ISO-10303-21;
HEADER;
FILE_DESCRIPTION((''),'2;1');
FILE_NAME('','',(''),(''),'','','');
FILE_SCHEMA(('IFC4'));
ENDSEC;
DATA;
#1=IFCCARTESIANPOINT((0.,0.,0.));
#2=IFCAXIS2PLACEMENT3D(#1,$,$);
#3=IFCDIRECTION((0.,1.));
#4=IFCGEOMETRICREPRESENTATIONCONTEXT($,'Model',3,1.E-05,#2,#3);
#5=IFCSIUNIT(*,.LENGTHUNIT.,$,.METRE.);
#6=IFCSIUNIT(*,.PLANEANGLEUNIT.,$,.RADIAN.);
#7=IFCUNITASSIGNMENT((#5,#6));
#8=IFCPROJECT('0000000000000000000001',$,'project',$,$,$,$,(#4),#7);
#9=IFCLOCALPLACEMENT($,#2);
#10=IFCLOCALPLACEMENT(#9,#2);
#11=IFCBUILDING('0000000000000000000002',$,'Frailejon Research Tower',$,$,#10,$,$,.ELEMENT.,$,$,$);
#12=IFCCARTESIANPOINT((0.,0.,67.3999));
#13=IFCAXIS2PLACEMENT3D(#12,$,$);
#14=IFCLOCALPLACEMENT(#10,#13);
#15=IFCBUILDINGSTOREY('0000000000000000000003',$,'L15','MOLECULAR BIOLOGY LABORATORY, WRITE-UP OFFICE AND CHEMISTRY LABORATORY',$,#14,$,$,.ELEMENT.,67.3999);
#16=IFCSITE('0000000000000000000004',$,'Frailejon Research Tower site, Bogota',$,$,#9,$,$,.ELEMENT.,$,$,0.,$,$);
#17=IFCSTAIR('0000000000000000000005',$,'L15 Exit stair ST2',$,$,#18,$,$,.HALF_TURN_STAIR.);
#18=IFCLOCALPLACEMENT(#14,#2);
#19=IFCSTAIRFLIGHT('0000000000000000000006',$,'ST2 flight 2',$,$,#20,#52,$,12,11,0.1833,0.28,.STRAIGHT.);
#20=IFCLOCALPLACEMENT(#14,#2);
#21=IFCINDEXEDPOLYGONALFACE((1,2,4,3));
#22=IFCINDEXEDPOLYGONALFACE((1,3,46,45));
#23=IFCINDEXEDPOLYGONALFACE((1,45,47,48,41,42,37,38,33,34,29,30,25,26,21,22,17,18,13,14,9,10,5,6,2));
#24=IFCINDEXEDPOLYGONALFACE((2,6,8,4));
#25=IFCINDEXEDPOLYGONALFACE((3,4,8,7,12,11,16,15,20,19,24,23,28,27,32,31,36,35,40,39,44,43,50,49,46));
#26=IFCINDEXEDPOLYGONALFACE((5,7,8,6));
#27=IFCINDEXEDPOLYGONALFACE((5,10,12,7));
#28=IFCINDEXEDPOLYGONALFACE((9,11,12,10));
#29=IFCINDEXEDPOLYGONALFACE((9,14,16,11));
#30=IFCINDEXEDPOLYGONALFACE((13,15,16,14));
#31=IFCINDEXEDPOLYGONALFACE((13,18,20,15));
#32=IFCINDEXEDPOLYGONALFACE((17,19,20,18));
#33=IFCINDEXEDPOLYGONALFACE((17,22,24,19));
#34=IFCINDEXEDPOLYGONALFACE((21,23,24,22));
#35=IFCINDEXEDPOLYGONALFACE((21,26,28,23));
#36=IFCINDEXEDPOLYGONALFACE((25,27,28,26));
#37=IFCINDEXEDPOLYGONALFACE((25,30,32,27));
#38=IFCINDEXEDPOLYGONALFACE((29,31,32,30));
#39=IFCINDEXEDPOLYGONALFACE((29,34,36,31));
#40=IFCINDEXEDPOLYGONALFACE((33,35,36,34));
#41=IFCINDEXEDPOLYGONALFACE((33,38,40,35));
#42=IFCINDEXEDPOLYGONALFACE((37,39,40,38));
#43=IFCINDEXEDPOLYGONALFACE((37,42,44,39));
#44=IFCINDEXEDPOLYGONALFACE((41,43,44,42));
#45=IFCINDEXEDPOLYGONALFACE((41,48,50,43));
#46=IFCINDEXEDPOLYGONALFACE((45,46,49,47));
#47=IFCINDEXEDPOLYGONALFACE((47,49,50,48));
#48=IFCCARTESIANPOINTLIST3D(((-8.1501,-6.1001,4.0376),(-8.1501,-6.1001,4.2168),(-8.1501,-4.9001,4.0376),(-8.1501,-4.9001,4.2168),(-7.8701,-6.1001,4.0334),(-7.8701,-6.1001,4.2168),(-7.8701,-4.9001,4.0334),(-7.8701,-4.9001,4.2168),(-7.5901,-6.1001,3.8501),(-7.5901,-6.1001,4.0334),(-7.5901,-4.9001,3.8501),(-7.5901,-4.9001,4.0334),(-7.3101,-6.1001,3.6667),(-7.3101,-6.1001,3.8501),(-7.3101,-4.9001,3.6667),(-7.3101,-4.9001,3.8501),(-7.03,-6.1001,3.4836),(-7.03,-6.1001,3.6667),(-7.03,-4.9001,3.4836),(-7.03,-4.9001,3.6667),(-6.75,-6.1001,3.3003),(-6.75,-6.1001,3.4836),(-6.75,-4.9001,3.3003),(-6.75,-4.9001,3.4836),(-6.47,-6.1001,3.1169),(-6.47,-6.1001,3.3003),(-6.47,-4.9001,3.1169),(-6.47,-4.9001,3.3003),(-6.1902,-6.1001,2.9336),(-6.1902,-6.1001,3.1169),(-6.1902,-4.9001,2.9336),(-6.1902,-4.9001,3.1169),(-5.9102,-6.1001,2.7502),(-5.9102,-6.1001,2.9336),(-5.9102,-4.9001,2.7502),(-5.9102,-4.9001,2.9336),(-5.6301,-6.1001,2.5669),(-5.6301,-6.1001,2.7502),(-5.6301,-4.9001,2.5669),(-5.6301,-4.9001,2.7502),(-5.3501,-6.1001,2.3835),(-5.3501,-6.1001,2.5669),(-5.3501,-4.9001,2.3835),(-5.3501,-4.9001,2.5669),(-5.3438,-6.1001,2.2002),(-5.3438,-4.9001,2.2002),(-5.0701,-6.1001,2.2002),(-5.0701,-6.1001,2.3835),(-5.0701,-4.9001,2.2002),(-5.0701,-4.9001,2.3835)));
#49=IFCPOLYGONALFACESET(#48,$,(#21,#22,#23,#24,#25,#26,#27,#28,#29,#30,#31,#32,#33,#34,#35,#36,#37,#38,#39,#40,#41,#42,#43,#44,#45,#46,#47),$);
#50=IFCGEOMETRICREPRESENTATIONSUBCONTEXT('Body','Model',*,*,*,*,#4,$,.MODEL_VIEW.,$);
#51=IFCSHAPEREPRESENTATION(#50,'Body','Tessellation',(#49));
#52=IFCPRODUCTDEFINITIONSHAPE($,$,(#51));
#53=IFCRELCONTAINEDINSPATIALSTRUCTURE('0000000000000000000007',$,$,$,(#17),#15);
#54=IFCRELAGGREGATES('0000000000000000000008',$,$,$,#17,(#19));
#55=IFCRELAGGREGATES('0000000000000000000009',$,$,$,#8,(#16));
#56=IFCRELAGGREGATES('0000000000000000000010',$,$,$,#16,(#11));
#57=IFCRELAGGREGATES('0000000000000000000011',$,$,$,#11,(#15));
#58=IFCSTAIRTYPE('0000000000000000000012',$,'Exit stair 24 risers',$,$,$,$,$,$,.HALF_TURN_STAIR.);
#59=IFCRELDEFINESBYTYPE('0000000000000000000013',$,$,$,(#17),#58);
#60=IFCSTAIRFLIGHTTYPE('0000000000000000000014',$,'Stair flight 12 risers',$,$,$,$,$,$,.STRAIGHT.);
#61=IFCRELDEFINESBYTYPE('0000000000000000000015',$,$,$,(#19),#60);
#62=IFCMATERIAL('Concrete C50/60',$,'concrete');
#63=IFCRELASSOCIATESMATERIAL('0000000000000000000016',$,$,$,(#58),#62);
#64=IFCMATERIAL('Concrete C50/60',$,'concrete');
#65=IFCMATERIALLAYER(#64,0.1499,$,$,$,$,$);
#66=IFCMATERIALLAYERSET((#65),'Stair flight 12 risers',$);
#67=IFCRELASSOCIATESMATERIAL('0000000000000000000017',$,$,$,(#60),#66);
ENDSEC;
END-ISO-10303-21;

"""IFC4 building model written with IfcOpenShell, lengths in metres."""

from ifc_helpers import new_model, si_unit, direction, frame, origin, place, context, subcontext, project, spatial, polyline, outline, extrude, material, layer, layer_set, type_object, element, aggregate, save


model = new_model("IFC4")

# Units and contexts
model_context = context("Model", 3, precision=1e-05, world=origin(), true_north=direction((0.0, 1.0)))
body_context = subcontext(model_context, "Body", "Model", "MODEL_VIEW")
ifc_project = project(units=[si_unit("LENGTHUNIT", "METRE"), si_unit("PLANEANGLEUNIT", "RADIAN")], contexts=[model_context])

# Site, building, storey
site_placement = place(None, origin())
site = spatial("IfcSite", under=ifc_project, at=site_placement, Name="Frailejon Research Tower site, Bogota", CompositionType="ELEMENT", RefElevation=0.0)
building_placement = place(site_placement, origin())
building = spatial("IfcBuilding", under=site, at=building_placement, Name="Frailejon Research Tower", CompositionType="ELEMENT")
storey_placement = place(building_placement, frame((0.0, 0.0, 67.3999)))
storey = spatial("IfcBuildingStorey", under=building, at=storey_placement, Name="L15", Description="MOLECULAR BIOLOGY LABORATORY, WRITE-UP OFFICE AND CHEMISTRY LABORATORY", CompositionType="ELEMENT", Elevation=67.3999)

# Stair, stair flight
ifc_material_1 = material(Name="Concrete C50/60", Category="concrete")
stair_type = type_object("IfcStairType", Name="Exit stair 24 risers", PredefinedType="HALF_TURN_STAIR", material=ifc_material_1)
stair_placement = place(storey_placement, origin())
stair = element("IfcStair", 1, at=stair_placement, inside=storey, type_object=stair_type, Name="L15 Exit stair ST2", PredefinedType="HALF_TURN_STAIR")
ifc_material_2 = material(Name="Concrete C50/60", Category="concrete")
ifc_layer_1 = layer(ifc_material_2, 0.1499)
ifc_layer_set_1 = layer_set([ifc_layer_1], Name="Stair flight 12 risers")
stair_flight_type = type_object("IfcStairFlightType", Name="Stair flight 12 risers", PredefinedType="STRAIGHT", material=ifc_layer_set_1)
stair_flight_1_placement = place(storey_placement, frame((-5.0701, -5.5, 2.2002), z_axis=(0.0, 0.0, 1.0), x_axis=(-1.0, 0.0, 0.0)))
stair_flight_1 = element("IfcStairFlight", 2, at=stair_flight_1_placement, type_object=stair_flight_type, Name="ST2 flight 2", NumberOfRisers=12, NumberOfTreads=11, PredefinedType="STRAIGHT", RiserHeight=0.1833, TreadLength=0.28, context=body_context, shape_type="SweptSolid", body=[
    extrude(outline(polyline([(0.0, 0.0), (0.0, 0.1833), (0.28, 0.1833), (0.28, 0.3667), (0.5601, 0.3667), (0.5601, 0.55), (0.8401, 0.55), (0.8401, 0.7334), (1.1201, 0.7334), (1.1201, 0.9167), (1.3999, 0.9167), (1.3999, 1.1001), (1.6799, 1.1001), (1.6799, 1.2834), (1.96, 1.2834), (1.96, 1.4666), (2.24, 1.4666), (2.24, 1.6499), (2.52, 1.6499), (2.52, 1.8333), (2.8, 1.8333), (2.8, 2.0166), (3.0801, 2.0166), (3.0801, 2.2), (3.0801, 1.8374), (0.2737, 0.0), (0.0, 0.0)])), frame((0.0, 0.6001, 0.0), z_axis=(0.0, -1.0, 0.0), x_axis=(1.0, 0.0, 0.0)), (0.0, 0.0, 1.0), 1.2),
])
aggregate(stair, [stair_flight_1])

save(model, "model.ifc")
